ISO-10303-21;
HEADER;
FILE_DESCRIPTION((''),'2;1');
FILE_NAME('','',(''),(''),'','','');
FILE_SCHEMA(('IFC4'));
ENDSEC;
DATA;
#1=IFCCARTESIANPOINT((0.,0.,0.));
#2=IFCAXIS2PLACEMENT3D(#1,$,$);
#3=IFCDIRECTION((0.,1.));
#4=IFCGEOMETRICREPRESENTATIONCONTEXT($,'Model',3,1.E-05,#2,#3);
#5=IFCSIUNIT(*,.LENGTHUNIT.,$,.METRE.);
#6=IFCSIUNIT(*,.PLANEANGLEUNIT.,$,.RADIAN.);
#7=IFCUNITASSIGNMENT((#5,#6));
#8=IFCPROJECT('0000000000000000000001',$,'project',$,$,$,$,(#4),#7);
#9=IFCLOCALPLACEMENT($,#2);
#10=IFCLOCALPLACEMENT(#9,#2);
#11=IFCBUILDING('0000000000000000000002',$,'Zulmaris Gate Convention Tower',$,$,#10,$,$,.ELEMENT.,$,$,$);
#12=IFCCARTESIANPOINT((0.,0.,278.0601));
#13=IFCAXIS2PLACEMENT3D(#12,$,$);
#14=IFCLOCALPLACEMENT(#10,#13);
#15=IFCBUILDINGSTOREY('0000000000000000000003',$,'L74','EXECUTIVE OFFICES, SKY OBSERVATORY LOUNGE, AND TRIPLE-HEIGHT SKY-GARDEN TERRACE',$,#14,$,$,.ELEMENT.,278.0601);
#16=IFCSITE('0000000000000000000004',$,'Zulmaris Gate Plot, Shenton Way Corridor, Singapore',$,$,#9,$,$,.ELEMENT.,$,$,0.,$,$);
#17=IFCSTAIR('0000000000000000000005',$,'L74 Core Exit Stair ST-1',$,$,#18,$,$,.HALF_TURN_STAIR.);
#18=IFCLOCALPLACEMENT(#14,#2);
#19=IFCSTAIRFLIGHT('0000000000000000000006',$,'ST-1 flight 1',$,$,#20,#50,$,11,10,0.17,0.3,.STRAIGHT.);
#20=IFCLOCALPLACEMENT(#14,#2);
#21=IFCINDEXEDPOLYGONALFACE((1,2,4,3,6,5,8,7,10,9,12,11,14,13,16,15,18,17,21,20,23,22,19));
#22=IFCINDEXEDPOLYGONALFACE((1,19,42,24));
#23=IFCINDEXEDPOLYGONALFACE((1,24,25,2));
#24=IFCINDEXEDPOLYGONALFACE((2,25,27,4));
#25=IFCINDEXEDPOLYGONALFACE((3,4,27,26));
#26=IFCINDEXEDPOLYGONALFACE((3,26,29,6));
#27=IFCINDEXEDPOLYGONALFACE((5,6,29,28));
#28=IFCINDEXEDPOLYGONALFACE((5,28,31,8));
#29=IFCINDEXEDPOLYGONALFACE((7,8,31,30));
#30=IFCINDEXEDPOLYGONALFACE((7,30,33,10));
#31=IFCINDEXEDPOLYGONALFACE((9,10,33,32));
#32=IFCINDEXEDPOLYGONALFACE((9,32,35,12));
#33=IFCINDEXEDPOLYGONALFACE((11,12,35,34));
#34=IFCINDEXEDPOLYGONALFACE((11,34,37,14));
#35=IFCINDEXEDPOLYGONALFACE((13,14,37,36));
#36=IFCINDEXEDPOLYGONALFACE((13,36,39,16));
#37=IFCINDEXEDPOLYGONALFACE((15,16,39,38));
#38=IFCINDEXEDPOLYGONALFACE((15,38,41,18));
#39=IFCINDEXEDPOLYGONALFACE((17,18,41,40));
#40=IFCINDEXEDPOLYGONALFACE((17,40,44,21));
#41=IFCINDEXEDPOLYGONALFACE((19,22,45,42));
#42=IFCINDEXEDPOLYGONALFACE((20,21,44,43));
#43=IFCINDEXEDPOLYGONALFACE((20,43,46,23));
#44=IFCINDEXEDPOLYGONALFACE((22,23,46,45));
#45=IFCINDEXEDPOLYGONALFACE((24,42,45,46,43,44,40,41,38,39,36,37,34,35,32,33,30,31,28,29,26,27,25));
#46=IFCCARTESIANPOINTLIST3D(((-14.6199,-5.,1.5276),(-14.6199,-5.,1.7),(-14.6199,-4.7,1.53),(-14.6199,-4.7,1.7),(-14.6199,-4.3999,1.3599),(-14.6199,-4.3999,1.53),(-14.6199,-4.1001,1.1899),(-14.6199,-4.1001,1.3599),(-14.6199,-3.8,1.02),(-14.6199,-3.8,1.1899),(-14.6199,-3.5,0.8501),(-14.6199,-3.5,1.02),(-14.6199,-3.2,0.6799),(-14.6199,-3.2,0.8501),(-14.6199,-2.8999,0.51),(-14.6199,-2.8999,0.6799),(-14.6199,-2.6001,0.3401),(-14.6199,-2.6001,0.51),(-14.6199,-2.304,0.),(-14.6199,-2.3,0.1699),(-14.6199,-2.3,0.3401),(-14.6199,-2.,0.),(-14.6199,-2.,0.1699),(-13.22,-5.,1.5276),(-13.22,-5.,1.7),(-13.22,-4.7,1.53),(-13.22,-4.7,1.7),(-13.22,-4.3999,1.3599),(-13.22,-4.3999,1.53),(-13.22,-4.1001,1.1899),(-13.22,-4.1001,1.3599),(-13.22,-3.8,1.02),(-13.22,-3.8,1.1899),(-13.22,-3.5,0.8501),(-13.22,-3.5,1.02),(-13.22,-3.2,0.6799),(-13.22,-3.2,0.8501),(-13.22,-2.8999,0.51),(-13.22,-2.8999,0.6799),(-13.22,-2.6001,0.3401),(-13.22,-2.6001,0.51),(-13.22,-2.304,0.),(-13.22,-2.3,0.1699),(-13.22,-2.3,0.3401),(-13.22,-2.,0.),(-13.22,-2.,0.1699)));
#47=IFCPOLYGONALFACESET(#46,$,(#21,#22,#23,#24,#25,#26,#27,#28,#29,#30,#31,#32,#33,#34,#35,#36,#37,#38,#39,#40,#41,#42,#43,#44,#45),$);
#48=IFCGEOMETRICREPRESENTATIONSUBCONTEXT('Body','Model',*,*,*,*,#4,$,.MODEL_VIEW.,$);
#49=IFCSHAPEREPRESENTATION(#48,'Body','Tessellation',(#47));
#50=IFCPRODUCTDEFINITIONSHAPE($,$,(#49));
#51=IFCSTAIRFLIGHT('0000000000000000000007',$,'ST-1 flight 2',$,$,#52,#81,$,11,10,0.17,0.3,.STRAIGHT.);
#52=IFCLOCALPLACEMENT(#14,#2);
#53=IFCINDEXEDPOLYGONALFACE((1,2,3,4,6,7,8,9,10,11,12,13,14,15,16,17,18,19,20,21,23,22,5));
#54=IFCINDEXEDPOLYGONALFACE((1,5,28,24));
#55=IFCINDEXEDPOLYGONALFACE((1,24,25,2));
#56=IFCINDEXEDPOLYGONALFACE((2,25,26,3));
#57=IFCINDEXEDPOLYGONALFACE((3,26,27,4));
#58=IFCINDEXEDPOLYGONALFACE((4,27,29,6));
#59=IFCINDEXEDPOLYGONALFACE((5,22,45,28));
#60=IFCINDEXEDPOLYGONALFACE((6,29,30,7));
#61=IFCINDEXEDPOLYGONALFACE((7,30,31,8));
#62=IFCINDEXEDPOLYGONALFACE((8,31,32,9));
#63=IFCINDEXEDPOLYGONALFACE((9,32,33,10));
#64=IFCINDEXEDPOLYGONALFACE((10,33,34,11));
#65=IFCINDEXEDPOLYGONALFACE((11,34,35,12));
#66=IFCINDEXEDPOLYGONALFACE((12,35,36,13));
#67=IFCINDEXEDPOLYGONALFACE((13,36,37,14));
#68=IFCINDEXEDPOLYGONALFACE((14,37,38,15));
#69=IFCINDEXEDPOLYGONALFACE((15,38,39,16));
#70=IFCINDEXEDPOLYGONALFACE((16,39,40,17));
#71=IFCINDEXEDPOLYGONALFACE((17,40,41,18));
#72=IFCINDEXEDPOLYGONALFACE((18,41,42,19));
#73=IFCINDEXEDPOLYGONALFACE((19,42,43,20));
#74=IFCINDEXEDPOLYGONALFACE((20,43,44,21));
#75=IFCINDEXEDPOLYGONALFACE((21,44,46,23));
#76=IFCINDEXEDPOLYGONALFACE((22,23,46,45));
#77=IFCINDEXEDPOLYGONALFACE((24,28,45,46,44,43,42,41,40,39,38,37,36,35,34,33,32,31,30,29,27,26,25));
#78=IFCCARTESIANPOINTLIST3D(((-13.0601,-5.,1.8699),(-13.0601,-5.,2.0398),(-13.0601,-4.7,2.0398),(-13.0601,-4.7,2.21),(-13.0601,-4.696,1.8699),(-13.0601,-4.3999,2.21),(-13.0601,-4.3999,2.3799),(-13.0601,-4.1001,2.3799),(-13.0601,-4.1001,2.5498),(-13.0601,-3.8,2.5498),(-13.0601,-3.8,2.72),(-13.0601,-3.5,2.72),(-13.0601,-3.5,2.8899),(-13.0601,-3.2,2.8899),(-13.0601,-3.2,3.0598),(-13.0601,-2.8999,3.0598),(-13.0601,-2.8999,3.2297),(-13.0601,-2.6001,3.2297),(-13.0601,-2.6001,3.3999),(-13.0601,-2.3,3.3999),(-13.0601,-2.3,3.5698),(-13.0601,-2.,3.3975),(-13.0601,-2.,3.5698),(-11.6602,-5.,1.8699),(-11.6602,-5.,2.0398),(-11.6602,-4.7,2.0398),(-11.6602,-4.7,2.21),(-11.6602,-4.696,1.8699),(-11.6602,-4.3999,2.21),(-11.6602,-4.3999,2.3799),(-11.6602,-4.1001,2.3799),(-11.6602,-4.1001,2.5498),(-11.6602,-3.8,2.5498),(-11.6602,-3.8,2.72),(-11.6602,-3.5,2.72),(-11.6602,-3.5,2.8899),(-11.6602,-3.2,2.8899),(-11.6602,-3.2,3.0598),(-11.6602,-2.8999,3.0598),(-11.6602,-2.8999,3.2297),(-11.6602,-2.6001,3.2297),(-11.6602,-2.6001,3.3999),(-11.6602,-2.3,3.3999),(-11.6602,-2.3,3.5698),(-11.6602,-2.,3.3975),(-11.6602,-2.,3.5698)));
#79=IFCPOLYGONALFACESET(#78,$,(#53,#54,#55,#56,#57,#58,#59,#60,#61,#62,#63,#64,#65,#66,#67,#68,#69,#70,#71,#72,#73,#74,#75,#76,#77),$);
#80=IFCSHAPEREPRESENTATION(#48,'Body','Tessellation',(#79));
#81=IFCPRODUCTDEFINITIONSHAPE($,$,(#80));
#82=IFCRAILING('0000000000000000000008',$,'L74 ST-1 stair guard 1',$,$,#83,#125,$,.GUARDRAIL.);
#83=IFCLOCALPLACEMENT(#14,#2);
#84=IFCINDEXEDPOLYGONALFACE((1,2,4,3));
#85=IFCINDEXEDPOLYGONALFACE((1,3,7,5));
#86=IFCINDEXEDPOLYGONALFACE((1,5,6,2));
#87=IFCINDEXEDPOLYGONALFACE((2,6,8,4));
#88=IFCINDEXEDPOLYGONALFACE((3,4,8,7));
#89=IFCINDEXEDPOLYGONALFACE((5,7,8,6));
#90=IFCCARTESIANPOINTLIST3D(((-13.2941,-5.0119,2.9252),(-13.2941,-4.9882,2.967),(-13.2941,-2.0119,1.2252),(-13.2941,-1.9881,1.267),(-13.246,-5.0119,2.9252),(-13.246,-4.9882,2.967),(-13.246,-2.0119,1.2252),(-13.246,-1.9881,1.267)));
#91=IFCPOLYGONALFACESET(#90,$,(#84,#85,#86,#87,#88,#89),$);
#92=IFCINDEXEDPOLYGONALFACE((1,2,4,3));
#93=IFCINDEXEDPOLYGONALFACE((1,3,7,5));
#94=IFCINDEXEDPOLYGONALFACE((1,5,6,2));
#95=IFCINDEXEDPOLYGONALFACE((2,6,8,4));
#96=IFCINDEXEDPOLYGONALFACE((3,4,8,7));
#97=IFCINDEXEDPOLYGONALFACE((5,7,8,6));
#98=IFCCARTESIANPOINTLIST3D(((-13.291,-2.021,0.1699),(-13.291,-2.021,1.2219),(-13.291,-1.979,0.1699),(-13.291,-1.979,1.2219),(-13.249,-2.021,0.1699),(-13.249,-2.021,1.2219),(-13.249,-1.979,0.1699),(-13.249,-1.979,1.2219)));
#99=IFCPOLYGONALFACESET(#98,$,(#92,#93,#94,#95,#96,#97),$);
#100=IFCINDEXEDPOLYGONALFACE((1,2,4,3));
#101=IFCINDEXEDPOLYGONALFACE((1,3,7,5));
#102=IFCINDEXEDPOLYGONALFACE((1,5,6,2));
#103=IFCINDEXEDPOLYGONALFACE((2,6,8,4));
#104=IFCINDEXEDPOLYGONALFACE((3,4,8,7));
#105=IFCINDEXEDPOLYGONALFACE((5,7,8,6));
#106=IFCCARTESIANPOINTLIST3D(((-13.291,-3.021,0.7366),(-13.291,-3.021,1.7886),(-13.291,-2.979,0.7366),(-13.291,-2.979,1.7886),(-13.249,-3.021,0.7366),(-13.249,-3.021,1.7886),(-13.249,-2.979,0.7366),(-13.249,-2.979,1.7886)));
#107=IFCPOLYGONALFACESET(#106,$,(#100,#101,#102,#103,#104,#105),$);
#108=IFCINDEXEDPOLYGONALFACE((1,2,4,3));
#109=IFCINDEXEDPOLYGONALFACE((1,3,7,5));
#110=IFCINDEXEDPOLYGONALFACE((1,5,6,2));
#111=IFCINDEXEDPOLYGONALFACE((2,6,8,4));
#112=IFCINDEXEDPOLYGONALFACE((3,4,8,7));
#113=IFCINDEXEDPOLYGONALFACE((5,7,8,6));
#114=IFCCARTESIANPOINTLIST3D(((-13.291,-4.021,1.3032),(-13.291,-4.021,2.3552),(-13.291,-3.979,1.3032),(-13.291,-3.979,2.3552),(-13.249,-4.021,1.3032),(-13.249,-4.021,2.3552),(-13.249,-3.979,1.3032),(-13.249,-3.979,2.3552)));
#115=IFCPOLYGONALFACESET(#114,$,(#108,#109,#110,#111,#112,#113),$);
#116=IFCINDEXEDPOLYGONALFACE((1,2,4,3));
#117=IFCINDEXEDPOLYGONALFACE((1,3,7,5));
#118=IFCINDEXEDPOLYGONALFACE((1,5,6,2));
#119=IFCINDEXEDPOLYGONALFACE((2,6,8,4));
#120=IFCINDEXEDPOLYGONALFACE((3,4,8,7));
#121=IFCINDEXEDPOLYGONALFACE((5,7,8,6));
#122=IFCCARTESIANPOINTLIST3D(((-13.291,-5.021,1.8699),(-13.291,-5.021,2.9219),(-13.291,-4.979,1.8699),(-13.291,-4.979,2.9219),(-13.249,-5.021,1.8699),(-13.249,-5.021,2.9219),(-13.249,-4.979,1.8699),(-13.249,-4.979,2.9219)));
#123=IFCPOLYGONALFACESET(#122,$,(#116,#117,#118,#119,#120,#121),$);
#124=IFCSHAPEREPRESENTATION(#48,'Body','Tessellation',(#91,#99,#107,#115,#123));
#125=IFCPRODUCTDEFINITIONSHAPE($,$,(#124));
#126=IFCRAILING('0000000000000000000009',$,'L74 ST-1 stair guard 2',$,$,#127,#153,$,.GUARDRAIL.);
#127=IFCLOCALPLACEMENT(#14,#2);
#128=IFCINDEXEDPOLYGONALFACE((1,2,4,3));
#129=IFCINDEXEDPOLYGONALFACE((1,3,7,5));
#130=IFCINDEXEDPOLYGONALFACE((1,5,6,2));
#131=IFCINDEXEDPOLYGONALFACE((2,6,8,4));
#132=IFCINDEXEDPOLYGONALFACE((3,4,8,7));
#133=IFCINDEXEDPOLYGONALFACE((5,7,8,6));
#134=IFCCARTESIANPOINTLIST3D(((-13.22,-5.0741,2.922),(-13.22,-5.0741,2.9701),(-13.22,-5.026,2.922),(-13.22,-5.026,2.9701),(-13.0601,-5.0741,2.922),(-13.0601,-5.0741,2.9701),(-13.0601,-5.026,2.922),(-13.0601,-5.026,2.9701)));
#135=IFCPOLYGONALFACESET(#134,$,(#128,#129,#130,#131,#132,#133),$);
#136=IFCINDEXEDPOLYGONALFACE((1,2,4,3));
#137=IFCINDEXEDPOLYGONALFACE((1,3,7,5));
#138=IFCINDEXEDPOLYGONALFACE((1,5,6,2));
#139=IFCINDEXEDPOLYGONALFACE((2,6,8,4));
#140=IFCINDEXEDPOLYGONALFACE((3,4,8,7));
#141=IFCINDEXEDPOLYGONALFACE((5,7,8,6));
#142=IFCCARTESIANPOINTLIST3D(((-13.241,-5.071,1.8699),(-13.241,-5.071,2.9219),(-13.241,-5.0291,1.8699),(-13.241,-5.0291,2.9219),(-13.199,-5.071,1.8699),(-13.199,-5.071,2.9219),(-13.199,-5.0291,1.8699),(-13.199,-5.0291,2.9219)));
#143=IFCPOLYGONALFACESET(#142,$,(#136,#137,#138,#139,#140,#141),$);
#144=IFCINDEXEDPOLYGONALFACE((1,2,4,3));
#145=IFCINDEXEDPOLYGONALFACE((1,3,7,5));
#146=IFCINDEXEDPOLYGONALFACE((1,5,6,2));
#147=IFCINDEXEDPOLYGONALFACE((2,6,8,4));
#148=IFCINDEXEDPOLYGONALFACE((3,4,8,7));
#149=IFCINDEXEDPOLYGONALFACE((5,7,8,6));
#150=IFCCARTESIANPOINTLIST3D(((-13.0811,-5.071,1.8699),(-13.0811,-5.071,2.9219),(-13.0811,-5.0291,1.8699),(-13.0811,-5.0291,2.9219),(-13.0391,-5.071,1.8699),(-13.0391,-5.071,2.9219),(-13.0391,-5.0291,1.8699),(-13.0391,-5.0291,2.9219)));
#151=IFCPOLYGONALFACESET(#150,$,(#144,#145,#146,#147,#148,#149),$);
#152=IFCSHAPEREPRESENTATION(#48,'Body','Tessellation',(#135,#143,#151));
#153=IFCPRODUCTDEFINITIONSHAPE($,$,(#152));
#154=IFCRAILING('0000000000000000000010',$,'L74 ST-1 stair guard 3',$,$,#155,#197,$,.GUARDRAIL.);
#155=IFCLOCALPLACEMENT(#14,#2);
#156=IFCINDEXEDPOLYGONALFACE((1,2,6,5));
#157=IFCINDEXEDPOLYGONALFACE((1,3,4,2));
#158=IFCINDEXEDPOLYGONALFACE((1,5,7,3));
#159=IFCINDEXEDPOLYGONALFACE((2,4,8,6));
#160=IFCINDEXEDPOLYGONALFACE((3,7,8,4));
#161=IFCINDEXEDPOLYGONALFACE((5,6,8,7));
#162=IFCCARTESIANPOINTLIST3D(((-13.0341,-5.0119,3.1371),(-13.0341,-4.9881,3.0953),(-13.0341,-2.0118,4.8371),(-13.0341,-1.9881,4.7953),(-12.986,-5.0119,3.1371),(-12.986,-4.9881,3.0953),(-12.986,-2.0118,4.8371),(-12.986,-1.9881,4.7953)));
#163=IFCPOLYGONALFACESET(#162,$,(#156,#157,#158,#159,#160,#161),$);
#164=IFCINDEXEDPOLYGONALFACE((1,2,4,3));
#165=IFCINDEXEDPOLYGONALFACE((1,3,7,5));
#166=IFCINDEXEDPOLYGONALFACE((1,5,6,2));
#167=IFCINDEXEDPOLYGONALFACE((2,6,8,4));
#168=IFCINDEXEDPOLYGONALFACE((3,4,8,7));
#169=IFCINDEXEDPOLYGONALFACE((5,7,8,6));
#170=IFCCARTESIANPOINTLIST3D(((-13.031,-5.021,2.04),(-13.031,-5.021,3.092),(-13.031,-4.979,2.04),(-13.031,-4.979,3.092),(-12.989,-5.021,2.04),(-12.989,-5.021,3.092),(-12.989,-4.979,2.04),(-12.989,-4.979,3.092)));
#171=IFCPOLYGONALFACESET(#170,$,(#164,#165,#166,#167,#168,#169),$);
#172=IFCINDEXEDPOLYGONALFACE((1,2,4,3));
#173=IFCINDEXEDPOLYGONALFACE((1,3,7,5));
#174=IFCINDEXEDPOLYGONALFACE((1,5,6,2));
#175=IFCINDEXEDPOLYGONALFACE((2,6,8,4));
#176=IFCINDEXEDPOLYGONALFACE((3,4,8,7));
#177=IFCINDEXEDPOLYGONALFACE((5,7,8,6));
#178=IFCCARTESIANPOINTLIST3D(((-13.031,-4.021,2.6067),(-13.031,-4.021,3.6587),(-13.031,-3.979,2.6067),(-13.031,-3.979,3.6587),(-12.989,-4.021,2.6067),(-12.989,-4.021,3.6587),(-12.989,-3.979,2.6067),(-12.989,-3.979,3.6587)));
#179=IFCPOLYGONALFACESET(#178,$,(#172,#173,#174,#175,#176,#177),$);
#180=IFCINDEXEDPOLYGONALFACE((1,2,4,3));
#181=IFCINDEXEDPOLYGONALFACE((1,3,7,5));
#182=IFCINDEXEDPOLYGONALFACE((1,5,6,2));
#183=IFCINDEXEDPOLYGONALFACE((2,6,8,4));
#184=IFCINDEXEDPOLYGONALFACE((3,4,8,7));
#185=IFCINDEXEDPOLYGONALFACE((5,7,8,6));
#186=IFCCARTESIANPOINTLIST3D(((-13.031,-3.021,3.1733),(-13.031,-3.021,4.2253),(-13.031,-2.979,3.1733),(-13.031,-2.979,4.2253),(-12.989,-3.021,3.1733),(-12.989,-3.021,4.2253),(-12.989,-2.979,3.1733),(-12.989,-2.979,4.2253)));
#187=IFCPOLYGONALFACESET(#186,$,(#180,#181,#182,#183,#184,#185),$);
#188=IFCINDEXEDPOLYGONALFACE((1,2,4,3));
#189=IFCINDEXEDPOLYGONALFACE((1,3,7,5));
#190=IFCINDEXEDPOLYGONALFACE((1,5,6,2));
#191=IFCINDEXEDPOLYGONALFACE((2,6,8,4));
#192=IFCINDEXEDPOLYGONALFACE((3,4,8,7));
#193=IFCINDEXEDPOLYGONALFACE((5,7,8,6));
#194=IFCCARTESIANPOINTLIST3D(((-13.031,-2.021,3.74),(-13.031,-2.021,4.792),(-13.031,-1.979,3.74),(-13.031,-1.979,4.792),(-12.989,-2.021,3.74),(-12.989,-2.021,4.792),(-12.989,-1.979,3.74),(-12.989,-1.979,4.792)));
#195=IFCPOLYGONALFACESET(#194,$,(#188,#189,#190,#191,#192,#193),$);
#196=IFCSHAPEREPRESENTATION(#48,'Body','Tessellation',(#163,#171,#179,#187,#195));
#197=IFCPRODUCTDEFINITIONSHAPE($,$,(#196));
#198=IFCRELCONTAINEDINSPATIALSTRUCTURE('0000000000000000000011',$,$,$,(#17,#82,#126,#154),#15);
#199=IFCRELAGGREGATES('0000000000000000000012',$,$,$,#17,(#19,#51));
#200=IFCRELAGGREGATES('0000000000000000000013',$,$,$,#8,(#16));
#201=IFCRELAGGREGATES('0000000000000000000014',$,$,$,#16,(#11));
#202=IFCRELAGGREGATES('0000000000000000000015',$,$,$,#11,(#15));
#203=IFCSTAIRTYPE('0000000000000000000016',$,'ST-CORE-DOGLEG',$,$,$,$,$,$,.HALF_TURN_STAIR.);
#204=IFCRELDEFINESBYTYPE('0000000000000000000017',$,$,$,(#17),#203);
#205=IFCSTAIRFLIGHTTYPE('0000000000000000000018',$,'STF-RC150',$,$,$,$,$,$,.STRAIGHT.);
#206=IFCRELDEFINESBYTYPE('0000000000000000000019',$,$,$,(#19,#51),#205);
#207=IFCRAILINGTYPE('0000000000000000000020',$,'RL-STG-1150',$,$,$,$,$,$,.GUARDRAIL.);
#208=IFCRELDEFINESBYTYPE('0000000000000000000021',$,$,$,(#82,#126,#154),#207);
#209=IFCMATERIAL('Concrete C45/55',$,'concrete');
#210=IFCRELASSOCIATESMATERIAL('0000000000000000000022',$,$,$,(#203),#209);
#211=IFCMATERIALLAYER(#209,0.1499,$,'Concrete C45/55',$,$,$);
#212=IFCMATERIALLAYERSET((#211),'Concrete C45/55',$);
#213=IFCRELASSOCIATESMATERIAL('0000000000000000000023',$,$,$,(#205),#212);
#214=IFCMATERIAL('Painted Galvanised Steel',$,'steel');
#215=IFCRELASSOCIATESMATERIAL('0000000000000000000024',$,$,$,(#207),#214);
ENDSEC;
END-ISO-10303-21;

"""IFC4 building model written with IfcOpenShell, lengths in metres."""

from ifc_helpers import new_model, si_unit, direction, frame, origin, origin_2d, place, context, subcontext, project, spatial, polyline, rectangle, outline, extrude, material, layer, layer_set, type_object, element, aggregate, save


model = new_model("IFC4")

# Units and contexts
model_context = context("Model", 3, precision=1e-05, world=origin(), true_north=direction((0.0, 1.0)))
body_context = subcontext(model_context, "Body", "Model", "MODEL_VIEW")
ifc_project = project(units=[si_unit("LENGTHUNIT", "METRE"), si_unit("PLANEANGLEUNIT", "RADIAN")], contexts=[model_context])

# Site, building, storey
site_placement = place(None, origin())
site = spatial("IfcSite", under=ifc_project, at=site_placement, Name="Zulmaris Gate Plot, Shenton Way Corridor, Singapore", CompositionType="ELEMENT", RefElevation=0.0)
building_placement = place(site_placement, origin())
building = spatial("IfcBuilding", under=site, at=building_placement, Name="Zulmaris Gate Convention Tower", CompositionType="ELEMENT")
storey_placement = place(building_placement, frame((0.0, 0.0, 278.0601)))
storey = spatial("IfcBuildingStorey", under=building, at=storey_placement, Name="L74", Description="EXECUTIVE OFFICES, SKY OBSERVATORY LOUNGE, AND TRIPLE-HEIGHT SKY-GARDEN TERRACE", CompositionType="ELEMENT", Elevation=278.0601)

# Stair, stair flights
ifc_material_1 = material(Name="Concrete C45/55", Category="concrete")
stair_type = type_object("IfcStairType", Name="ST-CORE-DOGLEG", PredefinedType="HALF_TURN_STAIR", material=ifc_material_1)
stair_placement = place(storey_placement, origin())
stair = element("IfcStair", 1, at=stair_placement, inside=storey, type_object=stair_type, Name="L74 Core Exit Stair ST-1", PredefinedType="HALF_TURN_STAIR")
ifc_layer_1 = layer(ifc_material_1, 0.1499, Name="Concrete C45/55")
ifc_layer_set_1 = layer_set([ifc_layer_1], Name="Concrete C45/55")
stair_flight_type = type_object("IfcStairFlightType", Name="STF-RC150", PredefinedType="STRAIGHT", material=ifc_layer_set_1)
stair_flight_1_placement = place(storey_placement, frame((-13.9199, -2.0, 0.0), z_axis=(0.0, 0.0, 1.0), x_axis=(0.0, -1.0, 0.0)))
stair_flight_1 = element("IfcStairFlight", 2, at=stair_flight_1_placement, type_object=stair_flight_type, Name="ST-1 flight 1", NumberOfRisers=11, NumberOfTreads=10, PredefinedType="STRAIGHT", RiserHeight=0.17, TreadLength=0.3, context=body_context, shape_type="SweptSolid", body=[
    extrude(outline(polyline([(0.0, 0.0), (0.0, 0.1699), (0.3, 0.1699), (0.3, 0.3401), (0.6001, 0.3401), (0.6001, 0.51), (0.8999, 0.51), (0.8999, 0.6799), (1.2, 0.6799), (1.2, 0.8501), (1.5, 0.8501), (1.5, 1.02), (1.8, 1.02), (1.8, 1.1899), (2.1001, 1.1899), (2.1001, 1.3599), (2.3999, 1.3599), (2.3999, 1.53), (2.7, 1.53), (2.7, 1.7), (3.0, 1.7), (3.0, 1.8699), (3.0, 1.5276), (0.304, 0.0), (0.0, 0.0)])), frame((0.0, 0.7, 0.0), z_axis=(0.0, -1.0, 0.0), x_axis=(1.0, 0.0, 0.0)), (0.0, 0.0, 1.0), 1.3999),
])
stair_flight_2_placement = place(storey_placement, frame((-12.3601, -5.0, 1.8699), z_axis=(0.0, 0.0, 1.0), x_axis=(0.0, 1.0, 0.0)))
stair_flight_2 = element("IfcStairFlight", 3, at=stair_flight_2_placement, type_object=stair_flight_type, Name="ST-1 flight 2", NumberOfRisers=11, NumberOfTreads=10, PredefinedType="STRAIGHT", RiserHeight=0.17, TreadLength=0.3, context=body_context, shape_type="SweptSolid", body=[
    extrude(outline(polyline([(0.0, 0.0), (0.0, 0.1699), (0.3, 0.1699), (0.3, 0.3401), (0.6001, 0.3401), (0.6001, 0.51), (0.8999, 0.51), (0.8999, 0.6799), (1.2, 0.6799), (1.2, 0.8501), (1.5, 0.8501), (1.5, 1.02), (1.8, 1.02), (1.8, 1.1899), (2.1001, 1.1899), (2.1001, 1.3599), (2.3999, 1.3599), (2.3999, 1.53), (2.7, 1.53), (2.7, 1.7), (3.0, 1.7), (3.0, 1.8699), (3.0, 1.5276), (0.304, 0.0), (0.0, 0.0)])), frame((0.0, 0.7, 0.0), z_axis=(0.0, -1.0, 0.0), x_axis=(1.0, 0.0, 0.0)), (0.0, 0.0, 1.0), 1.3999),
])
aggregate(stair, [stair_flight_1, stair_flight_2])

# Railings
ifc_material_2 = material(Name="Painted Galvanised Steel", Category="steel")
railing_type_1 = type_object("IfcRailingType", Name="RL-STG-1150", PredefinedType="GUARDRAIL", material=ifc_material_2)
railing_1_placement = place(storey_placement, frame((-13.27, -2.0, 0.1699)))
element("IfcRailing", 4, at=railing_1_placement, inside=storey, type_object=railing_type_1, Name="L74 ST-1 stair guard 1", PredefinedType="GUARDRAIL", context=body_context, shape_type="SweptSolid", body=[
    extrude(rectangle(XDim=0.0481, YDim=0.0481, at=origin_2d()), frame((0.0, 0.0, 1.0762), z_axis=(0.0, -0.870028, 0.493002), x_axis=(1.0, 0.0, 0.0)), (0.0, 0.0, 1.0), 3.4482),
    extrude(rectangle(XDim=0.042, YDim=0.042, at=origin_2d()), origin(), (0.0, 0.0, 1.0), 1.052),
    extrude(rectangle(XDim=0.042, YDim=0.042, at=origin_2d()), frame((0.0, -1.0, 0.5667)), (0.0, 0.0, 1.0), 1.052),
    extrude(rectangle(XDim=0.042, YDim=0.042, at=origin_2d()), frame((0.0, -2.0, 1.1333)), (0.0, 0.0, 1.0), 1.052),
    extrude(rectangle(XDim=0.042, YDim=0.042, at=origin_2d()), frame((0.0, -3.0, 1.7)), (0.0, 0.0, 1.0), 1.052),
])
railing_2_placement = place(storey_placement, frame((-13.22, -5.05, 1.8699)))
element("IfcRailing", 5, at=railing_2_placement, inside=storey, type_object=railing_type_1, Name="L74 ST-1 stair guard 2", PredefinedType="GUARDRAIL", context=body_context, shape_type="SweptSolid", body=[
    extrude(rectangle(XDim=0.0481, YDim=0.0481, at=origin_2d()), frame((0.0, 0.0, 1.0762), z_axis=(1.0, 0.0, 0.0), x_axis=(0.0, 1.0, 0.0)), (0.0, 0.0, 1.0), 0.1599),
    extrude(rectangle(XDim=0.042, YDim=0.042, at=origin_2d()), origin(), (0.0, 0.0, 1.0), 1.052),
    extrude(rectangle(XDim=0.042, YDim=0.042, at=origin_2d()), frame((0.1599, 0.0, 0.0)), (0.0, 0.0, 1.0), 1.052),
])
railing_3_placement = place(storey_placement, frame((-13.01, -5.0, 2.04)))
element("IfcRailing", 6, at=railing_3_placement, inside=storey, type_object=railing_type_1, Name="L74 ST-1 stair guard 3", PredefinedType="GUARDRAIL", context=body_context, shape_type="SweptSolid", body=[
    extrude(rectangle(XDim=0.0481, YDim=0.0481, at=origin_2d()), frame((0.0, 0.0, 1.0762), z_axis=(0.0, 0.870028, 0.493002), x_axis=(-1.0, 0.0, 0.0)), (0.0, 0.0, 1.0), 3.4482),
    extrude(rectangle(XDim=0.042, YDim=0.042, at=origin_2d()), origin(), (0.0, 0.0, 1.0), 1.052),
    extrude(rectangle(XDim=0.042, YDim=0.042, at=origin_2d()), frame((0.0, 1.0, 0.5667)), (0.0, 0.0, 1.0), 1.052),
    extrude(rectangle(XDim=0.042, YDim=0.042, at=origin_2d()), frame((0.0, 2.0, 1.1333)), (0.0, 0.0, 1.0), 1.052),
    extrude(rectangle(XDim=0.042, YDim=0.042, at=origin_2d()), frame((0.0, 3.0, 1.7)), (0.0, 0.0, 1.0), 1.052),
])

save(model, "model.ifc")
